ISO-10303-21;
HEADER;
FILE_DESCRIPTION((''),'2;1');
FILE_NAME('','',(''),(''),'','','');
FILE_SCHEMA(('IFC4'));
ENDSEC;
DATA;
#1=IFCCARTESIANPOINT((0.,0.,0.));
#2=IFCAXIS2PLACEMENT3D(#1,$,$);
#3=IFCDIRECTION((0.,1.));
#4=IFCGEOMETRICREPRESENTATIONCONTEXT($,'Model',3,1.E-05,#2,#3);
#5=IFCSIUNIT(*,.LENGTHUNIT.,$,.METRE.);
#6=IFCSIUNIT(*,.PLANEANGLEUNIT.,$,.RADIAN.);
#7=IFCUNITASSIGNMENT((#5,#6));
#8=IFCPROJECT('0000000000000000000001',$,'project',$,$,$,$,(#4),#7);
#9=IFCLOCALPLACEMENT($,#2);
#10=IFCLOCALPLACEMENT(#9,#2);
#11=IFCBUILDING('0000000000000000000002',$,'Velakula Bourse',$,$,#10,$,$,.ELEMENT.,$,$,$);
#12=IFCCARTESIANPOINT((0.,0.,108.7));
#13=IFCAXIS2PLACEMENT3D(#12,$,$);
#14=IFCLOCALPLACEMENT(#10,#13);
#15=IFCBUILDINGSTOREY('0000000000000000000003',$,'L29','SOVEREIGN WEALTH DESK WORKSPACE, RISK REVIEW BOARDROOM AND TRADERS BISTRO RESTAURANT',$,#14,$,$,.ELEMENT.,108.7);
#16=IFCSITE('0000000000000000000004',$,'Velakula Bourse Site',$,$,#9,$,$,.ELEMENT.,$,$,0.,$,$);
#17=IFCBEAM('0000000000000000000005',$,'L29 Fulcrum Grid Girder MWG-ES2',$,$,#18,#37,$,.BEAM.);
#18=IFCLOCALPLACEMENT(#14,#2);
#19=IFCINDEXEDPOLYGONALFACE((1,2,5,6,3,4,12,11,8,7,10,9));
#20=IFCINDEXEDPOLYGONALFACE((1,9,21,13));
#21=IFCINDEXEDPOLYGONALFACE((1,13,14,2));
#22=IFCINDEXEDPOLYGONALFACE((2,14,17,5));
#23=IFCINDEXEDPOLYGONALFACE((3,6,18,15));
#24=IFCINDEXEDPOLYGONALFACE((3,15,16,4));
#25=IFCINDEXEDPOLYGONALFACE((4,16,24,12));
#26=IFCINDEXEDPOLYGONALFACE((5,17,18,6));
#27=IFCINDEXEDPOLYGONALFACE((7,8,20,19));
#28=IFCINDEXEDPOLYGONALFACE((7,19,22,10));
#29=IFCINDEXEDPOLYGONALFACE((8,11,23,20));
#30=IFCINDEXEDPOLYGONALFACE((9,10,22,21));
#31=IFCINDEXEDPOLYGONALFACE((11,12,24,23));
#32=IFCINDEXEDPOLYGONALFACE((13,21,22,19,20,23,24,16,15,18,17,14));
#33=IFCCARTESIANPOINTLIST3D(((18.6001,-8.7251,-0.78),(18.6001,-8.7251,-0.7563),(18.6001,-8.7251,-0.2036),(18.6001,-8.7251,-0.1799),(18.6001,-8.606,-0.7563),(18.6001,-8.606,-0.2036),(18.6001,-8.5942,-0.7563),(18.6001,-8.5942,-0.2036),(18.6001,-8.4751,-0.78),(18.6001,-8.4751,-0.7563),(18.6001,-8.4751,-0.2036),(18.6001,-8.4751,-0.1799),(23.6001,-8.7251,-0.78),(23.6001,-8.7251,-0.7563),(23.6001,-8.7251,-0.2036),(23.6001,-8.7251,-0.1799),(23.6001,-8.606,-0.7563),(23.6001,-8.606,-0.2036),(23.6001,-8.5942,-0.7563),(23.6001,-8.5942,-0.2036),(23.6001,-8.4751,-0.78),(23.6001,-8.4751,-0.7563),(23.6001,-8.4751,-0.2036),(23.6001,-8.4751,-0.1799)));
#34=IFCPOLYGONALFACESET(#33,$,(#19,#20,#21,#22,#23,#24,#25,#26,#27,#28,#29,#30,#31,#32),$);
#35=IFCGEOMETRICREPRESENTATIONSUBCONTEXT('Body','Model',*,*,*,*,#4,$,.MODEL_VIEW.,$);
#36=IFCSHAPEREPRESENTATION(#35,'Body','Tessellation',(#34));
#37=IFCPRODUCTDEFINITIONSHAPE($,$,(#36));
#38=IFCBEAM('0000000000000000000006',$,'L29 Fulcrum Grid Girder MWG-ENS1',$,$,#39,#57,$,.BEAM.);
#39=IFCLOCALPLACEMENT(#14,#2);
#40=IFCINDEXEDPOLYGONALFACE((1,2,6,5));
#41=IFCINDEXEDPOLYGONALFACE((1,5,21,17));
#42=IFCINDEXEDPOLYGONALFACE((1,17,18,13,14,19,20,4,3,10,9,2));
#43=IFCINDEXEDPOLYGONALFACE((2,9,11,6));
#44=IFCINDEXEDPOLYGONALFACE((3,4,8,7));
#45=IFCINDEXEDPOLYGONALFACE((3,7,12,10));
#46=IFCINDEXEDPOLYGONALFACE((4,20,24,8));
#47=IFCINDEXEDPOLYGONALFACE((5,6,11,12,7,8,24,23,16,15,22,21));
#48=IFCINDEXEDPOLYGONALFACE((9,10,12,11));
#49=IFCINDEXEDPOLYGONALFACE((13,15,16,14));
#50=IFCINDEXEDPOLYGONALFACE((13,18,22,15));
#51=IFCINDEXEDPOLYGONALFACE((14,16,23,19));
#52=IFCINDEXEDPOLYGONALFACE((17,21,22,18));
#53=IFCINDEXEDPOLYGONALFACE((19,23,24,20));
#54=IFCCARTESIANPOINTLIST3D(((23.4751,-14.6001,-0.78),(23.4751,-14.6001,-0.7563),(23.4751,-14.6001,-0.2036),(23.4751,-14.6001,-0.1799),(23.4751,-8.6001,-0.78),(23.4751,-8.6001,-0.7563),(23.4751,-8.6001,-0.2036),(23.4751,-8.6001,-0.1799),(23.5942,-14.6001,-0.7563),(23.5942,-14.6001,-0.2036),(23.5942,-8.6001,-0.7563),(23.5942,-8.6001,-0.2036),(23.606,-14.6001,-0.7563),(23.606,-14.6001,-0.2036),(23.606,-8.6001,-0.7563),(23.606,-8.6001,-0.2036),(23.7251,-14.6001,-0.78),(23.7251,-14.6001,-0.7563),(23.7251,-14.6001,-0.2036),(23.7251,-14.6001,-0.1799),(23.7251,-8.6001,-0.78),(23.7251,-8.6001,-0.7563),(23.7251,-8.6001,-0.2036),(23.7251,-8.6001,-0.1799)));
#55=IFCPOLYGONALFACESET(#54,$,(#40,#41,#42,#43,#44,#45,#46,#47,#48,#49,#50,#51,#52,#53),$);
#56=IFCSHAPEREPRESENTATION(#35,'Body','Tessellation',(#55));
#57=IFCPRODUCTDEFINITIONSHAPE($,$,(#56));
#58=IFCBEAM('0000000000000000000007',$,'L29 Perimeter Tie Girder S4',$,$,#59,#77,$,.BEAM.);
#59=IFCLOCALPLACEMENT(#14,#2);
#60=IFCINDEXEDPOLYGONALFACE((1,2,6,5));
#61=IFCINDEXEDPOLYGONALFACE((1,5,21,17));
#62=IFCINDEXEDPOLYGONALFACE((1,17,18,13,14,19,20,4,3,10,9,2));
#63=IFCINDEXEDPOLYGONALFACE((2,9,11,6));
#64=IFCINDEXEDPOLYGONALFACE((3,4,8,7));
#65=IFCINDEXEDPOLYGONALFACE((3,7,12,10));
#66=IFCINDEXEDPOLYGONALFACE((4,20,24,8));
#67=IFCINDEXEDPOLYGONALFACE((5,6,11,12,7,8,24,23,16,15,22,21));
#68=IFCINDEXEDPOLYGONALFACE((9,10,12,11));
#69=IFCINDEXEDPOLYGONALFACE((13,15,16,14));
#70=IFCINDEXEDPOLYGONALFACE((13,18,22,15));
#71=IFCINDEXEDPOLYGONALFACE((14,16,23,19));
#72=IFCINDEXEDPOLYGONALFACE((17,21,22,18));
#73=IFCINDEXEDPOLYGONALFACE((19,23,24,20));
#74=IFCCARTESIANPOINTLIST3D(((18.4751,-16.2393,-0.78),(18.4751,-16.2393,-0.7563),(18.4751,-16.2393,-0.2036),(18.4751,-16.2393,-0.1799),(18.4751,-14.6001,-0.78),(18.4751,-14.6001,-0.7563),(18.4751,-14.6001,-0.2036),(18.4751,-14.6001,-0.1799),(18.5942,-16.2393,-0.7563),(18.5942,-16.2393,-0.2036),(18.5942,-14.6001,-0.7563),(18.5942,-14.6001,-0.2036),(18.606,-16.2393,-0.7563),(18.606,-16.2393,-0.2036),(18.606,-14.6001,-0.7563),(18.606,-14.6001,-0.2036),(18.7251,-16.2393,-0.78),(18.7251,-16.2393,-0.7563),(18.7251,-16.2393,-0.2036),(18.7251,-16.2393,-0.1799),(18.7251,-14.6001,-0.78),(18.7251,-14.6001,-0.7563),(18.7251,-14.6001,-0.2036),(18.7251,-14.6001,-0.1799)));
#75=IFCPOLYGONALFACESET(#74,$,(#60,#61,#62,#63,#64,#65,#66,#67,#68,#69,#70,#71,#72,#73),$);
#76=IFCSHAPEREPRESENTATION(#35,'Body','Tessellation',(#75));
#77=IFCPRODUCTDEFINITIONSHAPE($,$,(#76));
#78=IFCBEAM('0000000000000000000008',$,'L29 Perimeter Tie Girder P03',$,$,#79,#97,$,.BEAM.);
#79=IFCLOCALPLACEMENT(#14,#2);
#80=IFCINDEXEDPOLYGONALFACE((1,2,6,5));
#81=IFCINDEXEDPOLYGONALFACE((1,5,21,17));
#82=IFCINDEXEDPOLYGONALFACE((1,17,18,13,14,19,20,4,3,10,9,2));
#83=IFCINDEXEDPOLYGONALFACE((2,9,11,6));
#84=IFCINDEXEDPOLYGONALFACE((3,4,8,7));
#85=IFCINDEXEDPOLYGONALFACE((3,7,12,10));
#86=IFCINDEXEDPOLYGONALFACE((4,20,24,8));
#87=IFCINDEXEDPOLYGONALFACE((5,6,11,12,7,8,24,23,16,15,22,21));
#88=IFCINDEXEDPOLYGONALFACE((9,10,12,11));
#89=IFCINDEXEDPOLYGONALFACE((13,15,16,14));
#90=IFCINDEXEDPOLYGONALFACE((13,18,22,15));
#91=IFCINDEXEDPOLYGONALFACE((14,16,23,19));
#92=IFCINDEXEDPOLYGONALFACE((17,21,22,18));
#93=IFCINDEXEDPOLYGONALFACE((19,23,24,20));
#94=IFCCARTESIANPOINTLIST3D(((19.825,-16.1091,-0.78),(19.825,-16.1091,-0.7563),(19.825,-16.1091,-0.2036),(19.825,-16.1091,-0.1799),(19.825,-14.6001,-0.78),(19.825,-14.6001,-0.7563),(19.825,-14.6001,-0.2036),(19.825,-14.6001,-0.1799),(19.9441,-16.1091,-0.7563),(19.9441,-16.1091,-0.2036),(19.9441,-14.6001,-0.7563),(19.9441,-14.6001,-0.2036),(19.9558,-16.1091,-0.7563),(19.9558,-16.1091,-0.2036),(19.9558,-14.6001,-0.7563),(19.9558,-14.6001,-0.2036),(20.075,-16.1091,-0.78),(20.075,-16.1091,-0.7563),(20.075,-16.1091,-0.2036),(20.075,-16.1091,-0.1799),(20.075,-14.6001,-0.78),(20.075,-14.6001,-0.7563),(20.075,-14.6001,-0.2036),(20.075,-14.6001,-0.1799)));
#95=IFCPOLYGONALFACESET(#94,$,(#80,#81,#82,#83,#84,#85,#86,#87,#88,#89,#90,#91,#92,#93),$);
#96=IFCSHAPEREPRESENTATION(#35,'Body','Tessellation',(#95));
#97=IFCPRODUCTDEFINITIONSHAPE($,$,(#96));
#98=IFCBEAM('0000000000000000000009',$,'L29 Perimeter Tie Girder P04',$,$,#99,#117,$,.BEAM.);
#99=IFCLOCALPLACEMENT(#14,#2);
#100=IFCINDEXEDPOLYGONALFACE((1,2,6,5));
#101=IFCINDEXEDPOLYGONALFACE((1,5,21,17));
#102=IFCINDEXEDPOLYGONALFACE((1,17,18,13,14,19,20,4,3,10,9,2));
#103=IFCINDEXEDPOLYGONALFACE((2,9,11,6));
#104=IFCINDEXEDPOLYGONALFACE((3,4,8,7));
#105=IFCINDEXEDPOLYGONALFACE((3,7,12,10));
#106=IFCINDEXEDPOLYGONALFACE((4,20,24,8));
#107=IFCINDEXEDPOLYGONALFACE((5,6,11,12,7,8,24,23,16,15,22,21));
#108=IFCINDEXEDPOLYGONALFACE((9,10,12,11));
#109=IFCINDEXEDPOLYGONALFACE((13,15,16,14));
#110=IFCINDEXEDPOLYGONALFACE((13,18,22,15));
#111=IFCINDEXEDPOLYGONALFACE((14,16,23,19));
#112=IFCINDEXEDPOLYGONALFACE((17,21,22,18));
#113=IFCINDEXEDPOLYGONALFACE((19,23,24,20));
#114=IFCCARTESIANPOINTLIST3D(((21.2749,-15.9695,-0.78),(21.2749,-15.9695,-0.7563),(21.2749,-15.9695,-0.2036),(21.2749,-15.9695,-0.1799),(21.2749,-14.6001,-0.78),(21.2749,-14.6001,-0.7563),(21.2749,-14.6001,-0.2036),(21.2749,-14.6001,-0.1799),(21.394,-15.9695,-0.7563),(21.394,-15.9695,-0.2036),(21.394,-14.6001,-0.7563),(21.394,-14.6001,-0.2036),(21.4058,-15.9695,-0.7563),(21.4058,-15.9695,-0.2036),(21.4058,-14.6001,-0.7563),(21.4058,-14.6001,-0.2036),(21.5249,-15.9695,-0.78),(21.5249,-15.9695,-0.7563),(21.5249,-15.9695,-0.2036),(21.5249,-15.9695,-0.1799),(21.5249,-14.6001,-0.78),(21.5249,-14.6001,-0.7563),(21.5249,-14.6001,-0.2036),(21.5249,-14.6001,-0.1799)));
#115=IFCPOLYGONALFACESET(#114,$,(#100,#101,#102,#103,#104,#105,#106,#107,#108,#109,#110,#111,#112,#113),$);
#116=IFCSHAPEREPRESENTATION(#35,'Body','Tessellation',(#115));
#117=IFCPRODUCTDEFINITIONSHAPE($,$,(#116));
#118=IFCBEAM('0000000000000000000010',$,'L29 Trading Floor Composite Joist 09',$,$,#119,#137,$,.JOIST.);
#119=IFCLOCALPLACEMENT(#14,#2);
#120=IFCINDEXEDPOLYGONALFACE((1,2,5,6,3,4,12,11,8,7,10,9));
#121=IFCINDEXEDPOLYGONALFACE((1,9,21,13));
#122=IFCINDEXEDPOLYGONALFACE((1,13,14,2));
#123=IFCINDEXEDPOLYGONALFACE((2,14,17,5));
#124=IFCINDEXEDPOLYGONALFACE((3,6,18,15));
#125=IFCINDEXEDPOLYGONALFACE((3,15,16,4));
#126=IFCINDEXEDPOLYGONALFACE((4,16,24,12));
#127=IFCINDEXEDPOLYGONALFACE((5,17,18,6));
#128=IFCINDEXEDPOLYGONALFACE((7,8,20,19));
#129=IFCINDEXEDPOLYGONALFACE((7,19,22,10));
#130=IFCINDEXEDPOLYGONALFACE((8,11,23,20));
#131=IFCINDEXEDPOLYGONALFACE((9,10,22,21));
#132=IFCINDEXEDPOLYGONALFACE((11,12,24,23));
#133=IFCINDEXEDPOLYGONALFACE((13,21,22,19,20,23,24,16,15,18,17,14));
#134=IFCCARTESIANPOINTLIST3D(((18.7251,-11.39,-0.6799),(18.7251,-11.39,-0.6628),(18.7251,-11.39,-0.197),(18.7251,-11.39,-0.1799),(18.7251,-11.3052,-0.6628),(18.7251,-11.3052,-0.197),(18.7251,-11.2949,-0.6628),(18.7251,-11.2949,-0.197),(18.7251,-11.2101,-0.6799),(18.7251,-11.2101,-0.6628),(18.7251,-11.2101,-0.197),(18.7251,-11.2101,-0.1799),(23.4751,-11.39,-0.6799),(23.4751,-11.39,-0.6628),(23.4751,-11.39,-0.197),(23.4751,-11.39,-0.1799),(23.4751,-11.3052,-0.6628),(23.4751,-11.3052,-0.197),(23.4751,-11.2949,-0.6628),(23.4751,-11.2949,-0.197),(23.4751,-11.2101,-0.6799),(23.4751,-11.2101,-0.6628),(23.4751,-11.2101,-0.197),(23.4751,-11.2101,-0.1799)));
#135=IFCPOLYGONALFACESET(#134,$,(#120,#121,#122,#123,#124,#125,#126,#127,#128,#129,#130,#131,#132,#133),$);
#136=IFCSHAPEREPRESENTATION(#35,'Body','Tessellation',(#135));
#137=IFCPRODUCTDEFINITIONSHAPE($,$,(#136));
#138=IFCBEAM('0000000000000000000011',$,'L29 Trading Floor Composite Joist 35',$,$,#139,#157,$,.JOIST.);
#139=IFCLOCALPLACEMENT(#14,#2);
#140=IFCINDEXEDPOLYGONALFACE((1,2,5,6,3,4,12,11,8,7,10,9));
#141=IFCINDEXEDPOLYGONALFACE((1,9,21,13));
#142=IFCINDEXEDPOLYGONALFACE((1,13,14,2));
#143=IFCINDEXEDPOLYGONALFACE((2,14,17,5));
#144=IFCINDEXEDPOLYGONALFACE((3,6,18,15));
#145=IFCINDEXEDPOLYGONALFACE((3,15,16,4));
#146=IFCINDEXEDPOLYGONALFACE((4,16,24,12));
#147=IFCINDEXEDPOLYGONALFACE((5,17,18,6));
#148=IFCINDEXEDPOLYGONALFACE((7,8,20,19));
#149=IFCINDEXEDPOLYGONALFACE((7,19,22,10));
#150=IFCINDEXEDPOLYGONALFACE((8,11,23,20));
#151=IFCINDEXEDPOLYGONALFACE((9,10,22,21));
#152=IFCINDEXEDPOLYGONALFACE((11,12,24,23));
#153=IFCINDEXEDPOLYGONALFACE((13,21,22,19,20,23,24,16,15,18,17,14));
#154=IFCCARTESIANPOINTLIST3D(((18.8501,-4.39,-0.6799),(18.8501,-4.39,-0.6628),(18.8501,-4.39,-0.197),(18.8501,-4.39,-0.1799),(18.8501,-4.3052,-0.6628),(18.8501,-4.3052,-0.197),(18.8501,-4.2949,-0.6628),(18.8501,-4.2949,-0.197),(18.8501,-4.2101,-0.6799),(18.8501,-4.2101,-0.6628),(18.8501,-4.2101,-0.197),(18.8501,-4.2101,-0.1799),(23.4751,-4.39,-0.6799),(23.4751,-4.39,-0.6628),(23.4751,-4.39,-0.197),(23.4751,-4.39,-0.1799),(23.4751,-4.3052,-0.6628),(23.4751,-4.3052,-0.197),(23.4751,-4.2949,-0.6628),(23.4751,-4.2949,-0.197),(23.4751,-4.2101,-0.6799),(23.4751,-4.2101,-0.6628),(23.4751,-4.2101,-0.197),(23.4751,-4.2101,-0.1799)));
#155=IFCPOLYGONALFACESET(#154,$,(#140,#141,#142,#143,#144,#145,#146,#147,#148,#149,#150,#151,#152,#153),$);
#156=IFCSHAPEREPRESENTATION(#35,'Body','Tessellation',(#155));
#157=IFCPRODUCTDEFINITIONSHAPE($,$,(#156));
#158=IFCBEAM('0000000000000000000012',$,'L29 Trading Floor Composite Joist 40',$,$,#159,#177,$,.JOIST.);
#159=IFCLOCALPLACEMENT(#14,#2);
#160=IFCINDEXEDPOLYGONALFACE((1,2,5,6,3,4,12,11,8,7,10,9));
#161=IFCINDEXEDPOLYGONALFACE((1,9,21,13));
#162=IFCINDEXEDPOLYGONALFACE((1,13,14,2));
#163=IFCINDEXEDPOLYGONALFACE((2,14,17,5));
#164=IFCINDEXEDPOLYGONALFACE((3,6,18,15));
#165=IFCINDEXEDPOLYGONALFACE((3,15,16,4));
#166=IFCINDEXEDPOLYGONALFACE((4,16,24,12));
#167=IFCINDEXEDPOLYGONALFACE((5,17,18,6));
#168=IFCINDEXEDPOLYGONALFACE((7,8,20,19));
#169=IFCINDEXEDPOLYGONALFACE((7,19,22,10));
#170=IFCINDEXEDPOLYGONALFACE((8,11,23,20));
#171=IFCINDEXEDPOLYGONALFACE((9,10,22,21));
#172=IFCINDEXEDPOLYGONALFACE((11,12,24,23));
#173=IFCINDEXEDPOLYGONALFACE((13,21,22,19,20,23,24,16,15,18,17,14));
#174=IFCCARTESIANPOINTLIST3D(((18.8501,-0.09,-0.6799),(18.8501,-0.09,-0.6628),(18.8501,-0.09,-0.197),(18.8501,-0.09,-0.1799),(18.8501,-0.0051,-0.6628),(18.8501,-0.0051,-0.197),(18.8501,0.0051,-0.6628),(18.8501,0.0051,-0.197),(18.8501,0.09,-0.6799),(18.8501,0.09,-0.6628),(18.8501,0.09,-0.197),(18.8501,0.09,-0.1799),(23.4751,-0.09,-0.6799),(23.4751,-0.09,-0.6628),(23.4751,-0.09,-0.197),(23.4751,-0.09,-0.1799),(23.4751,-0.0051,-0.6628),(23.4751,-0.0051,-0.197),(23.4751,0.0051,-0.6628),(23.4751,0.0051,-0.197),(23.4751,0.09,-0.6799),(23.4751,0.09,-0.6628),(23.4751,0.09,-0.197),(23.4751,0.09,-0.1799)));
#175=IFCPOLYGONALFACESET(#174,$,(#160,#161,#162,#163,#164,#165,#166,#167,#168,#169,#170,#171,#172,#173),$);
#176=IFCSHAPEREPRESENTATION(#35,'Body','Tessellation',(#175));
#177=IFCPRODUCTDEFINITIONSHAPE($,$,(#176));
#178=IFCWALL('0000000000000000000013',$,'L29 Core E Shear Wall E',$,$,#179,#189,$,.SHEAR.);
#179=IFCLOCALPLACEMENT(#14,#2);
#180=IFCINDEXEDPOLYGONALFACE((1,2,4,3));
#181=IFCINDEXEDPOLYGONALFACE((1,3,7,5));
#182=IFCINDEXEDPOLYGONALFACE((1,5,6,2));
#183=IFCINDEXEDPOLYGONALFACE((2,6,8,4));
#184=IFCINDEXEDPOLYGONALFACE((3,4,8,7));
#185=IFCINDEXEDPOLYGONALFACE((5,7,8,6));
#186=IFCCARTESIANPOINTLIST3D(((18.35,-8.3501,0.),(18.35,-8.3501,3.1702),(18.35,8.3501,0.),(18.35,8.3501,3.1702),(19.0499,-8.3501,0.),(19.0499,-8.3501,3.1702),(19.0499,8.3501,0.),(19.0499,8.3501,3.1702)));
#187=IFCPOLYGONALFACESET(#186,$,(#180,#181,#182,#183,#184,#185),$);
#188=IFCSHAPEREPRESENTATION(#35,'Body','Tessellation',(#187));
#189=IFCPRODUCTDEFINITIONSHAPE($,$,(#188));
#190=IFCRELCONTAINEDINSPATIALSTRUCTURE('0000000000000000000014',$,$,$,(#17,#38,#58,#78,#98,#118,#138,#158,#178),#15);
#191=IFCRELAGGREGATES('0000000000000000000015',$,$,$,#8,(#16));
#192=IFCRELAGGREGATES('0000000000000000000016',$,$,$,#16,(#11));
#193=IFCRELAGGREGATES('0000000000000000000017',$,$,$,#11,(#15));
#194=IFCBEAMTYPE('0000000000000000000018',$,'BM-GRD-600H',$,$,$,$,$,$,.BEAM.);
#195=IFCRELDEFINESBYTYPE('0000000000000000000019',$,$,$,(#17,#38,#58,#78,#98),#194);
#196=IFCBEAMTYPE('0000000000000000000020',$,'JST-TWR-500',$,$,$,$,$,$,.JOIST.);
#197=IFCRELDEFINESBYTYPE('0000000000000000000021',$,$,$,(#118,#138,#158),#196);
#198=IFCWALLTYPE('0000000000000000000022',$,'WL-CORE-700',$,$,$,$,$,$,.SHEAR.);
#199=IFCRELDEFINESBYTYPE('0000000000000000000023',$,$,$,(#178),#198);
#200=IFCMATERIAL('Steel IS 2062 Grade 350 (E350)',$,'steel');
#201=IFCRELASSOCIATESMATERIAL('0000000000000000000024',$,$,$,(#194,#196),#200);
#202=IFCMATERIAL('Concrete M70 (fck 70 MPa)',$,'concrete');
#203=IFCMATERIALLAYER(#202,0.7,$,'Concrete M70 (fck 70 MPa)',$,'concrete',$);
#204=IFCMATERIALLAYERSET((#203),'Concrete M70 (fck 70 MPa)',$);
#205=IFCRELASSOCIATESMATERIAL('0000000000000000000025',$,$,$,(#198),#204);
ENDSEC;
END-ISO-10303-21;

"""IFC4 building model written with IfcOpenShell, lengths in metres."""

from ifc_helpers import new_model, si_unit, direction, frame, frame_2d, origin, origin_2d, place, context, subcontext, project, spatial, rectangle, i_section, extrude, material, layer, layer_set, material_profile, profile_set, type_object, element, save


model = new_model("IFC4")

# Units and contexts
model_context = context("Model", 3, precision=1e-05, world=origin(), true_north=direction((0.0, 1.0)))
body_context = subcontext(model_context, "Body", "Model", "MODEL_VIEW")
ifc_project = project(units=[si_unit("LENGTHUNIT", "METRE"), si_unit("PLANEANGLEUNIT", "RADIAN")], contexts=[model_context])

# Site, building, storey
site_placement = place(None, origin())
site = spatial("IfcSite", under=ifc_project, at=site_placement, Name="Velakula Bourse Site", CompositionType="ELEMENT", RefElevation=0.0)
building_placement = place(site_placement, origin())
building = spatial("IfcBuilding", under=site, at=building_placement, Name="Velakula Bourse", CompositionType="ELEMENT")
storey_placement = place(building_placement, frame((0.0, 0.0, 108.7)))
storey = spatial("IfcBuildingStorey", under=building, at=storey_placement, Name="L29", Description="SOVEREIGN WEALTH DESK WORKSPACE, RISK REVIEW BOARDROOM AND TRADERS BISTRO RESTAURANT", CompositionType="ELEMENT", Elevation=108.7)

# Shared definitions
ifc_material_1 = material(Name="Concrete M70 (fck 70 MPa)", Category="concrete")

# Beams
ifc_material_2 = material(Name="Steel IS 2062 Grade 350 (E350)", Category="steel")
ifc_material_profile_1 = material_profile(ifc_material_2, i_section(OverallWidth=0.25, OverallDepth=0.6001, WebThickness=0.0117, FlangeThickness=0.0237, at=origin_2d()), Name="Steel IS 2062 Grade 350 (E350)")
ifc_profile_set_1 = profile_set([ifc_material_profile_1], Name="Steel IS 2062 Grade 350 (E350)")
beam_type_1 = type_object("IfcBeamType", Name="BM-GRD-600H", PredefinedType="BEAM", material=ifc_profile_set_1)
beam_1_placement = place(storey_placement, frame((18.6001, -8.6001, -0.48), z_axis=(1.0, 0.0, 0.0), x_axis=(0.0, 1.0, 0.0)))
element("IfcBeam", 1, at=beam_1_placement, inside=storey, type_object=beam_type_1, Name="L29 Fulcrum Grid Girder MWG-ES2", PredefinedType="BEAM", context=body_context, shape_type="SweptSolid", body=[
    extrude(i_section(OverallWidth=0.25, OverallDepth=0.6001, WebThickness=0.0117, FlangeThickness=0.0237, at=origin_2d()), origin(), (0.0, 0.0, 1.0), 5.0),
])
beam_2_placement = place(storey_placement, frame((23.6001, -14.6001, -0.48), z_axis=(0.0, 1.0, 0.0), x_axis=(-1.0, 0.0, 0.0)))
element("IfcBeam", 2, at=beam_2_placement, inside=storey, type_object=beam_type_1, Name="L29 Fulcrum Grid Girder MWG-ENS1", PredefinedType="BEAM", context=body_context, shape_type="SweptSolid", body=[
    extrude(i_section(OverallWidth=0.25, OverallDepth=0.6001, WebThickness=0.0117, FlangeThickness=0.0237, at=origin_2d()), origin(), (0.0, 0.0, 1.0), 6.0),
])
beam_3_placement = place(storey_placement, frame((18.6001, -14.6001, -0.48), z_axis=(0.0, -1.0, 0.0), x_axis=(1.0, 0.0, 0.0)))
element("IfcBeam", 3, at=beam_3_placement, inside=storey, type_object=beam_type_1, Name="L29 Perimeter Tie Girder S4", PredefinedType="BEAM", context=body_context, shape_type="SweptSolid", body=[
    extrude(i_section(OverallWidth=0.25, OverallDepth=0.6001, WebThickness=0.0117, FlangeThickness=0.0237, at=origin_2d()), origin(), (0.0, 0.0, 1.0), 1.6392),
])
beam_4_placement = place(storey_placement, frame((19.95, -14.6001, -0.48), z_axis=(0.0, -1.0, 0.0), x_axis=(1.0, 0.0, 0.0)))
element("IfcBeam", 4, at=beam_4_placement, inside=storey, type_object=beam_type_1, Name="L29 Perimeter Tie Girder P03", PredefinedType="BEAM", context=body_context, shape_type="SweptSolid", body=[
    extrude(i_section(OverallWidth=0.25, OverallDepth=0.6001, WebThickness=0.0117, FlangeThickness=0.0237, at=origin_2d()), origin(), (0.0, 0.0, 1.0), 1.509),
])
beam_5_placement = place(storey_placement, frame((21.3999, -14.6001, -0.48), z_axis=(0.0, -1.0, 0.0), x_axis=(1.0, 0.0, 0.0)))
element("IfcBeam", 5, at=beam_5_placement, inside=storey, type_object=beam_type_1, Name="L29 Perimeter Tie Girder P04", PredefinedType="BEAM", context=body_context, shape_type="SweptSolid", body=[
    extrude(i_section(OverallWidth=0.25, OverallDepth=0.6001, WebThickness=0.0117, FlangeThickness=0.0237, at=origin_2d()), origin(), (0.0, 0.0, 1.0), 1.3694),
])
ifc_material_profile_2 = material_profile(ifc_material_2, i_section(OverallWidth=0.1799, OverallDepth=0.5, WebThickness=0.0103, FlangeThickness=0.0171, at=origin_2d()), Name="Steel IS 2062 Grade 350 (E350)")
ifc_profile_set_2 = profile_set([ifc_material_profile_2], Name="Steel IS 2062 Grade 350 (E350)")
beam_type_2 = type_object("IfcBeamType", Name="JST-TWR-500", PredefinedType="JOIST", material=ifc_profile_set_2)
beam_6_placement = place(storey_placement, frame((18.7251, -11.3, -0.4299), z_axis=(1.0, 0.0, 0.0), x_axis=(0.0, 1.0, 0.0)))
element("IfcBeam", 6, at=beam_6_placement, inside=storey, type_object=beam_type_2, Name="L29 Trading Floor Composite Joist 09", PredefinedType="JOIST", context=body_context, shape_type="SweptSolid", body=[
    extrude(i_section(OverallWidth=0.1799, OverallDepth=0.5, WebThickness=0.0103, FlangeThickness=0.0171, at=origin_2d()), origin(), (0.0, 0.0, 1.0), 4.75),
])
for number, where, z_axis, x_axis, name in (
    (7, (18.8501, -4.3, -0.4299), (1.0, 0.0, 0.0), (0.0, 1.0, 0.0), "L29 Trading Floor Composite Joist 35"),
    (8, (18.8501, 0.0, -0.4299), (1.0, 0.0, 0.0), (0.0, 1.0, 0.0), "L29 Trading Floor Composite Joist 40"),
):
    element("IfcBeam", number, at=place(storey_placement, frame(where, z_axis=z_axis, x_axis=x_axis)), inside=storey, type_object=beam_type_2, Name=name, PredefinedType="JOIST", context=body_context, shape_type="SweptSolid", body=[
        extrude(i_section(OverallWidth=0.1799, OverallDepth=0.5, WebThickness=0.0103, FlangeThickness=0.0171, at=origin_2d()), origin(), (0.0, 0.0, 1.0), 4.625),
    ])

# Wall
ifc_layer_1 = layer(ifc_material_1, 0.7, Name="Concrete M70 (fck 70 MPa)", Category="concrete")
ifc_layer_set_1 = layer_set([ifc_layer_1], Name="Concrete M70 (fck 70 MPa)")
wall_type_1 = type_object("IfcWallType", Name="WL-CORE-700", PredefinedType="SHEAR", material=ifc_layer_set_1)
wall_1_placement = place(storey_placement, frame((18.7, -8.3501, 0.0), z_axis=(0.0, 0.0, 1.0), x_axis=(0.0, 1.0, 0.0)))
element("IfcWall", 9, at=wall_1_placement, inside=storey, type_object=wall_type_1, Name="L29 Core E Shear Wall E", PredefinedType="SHEAR", context=body_context, shape_type="SweptSolid", body=[
    extrude(rectangle(XDim=16.7002, YDim=0.7, at=frame_2d((8.3501, 0.0))), origin(), (0.0, 0.0, 1.0), 3.1702),
])

save(model, "model.ifc")
